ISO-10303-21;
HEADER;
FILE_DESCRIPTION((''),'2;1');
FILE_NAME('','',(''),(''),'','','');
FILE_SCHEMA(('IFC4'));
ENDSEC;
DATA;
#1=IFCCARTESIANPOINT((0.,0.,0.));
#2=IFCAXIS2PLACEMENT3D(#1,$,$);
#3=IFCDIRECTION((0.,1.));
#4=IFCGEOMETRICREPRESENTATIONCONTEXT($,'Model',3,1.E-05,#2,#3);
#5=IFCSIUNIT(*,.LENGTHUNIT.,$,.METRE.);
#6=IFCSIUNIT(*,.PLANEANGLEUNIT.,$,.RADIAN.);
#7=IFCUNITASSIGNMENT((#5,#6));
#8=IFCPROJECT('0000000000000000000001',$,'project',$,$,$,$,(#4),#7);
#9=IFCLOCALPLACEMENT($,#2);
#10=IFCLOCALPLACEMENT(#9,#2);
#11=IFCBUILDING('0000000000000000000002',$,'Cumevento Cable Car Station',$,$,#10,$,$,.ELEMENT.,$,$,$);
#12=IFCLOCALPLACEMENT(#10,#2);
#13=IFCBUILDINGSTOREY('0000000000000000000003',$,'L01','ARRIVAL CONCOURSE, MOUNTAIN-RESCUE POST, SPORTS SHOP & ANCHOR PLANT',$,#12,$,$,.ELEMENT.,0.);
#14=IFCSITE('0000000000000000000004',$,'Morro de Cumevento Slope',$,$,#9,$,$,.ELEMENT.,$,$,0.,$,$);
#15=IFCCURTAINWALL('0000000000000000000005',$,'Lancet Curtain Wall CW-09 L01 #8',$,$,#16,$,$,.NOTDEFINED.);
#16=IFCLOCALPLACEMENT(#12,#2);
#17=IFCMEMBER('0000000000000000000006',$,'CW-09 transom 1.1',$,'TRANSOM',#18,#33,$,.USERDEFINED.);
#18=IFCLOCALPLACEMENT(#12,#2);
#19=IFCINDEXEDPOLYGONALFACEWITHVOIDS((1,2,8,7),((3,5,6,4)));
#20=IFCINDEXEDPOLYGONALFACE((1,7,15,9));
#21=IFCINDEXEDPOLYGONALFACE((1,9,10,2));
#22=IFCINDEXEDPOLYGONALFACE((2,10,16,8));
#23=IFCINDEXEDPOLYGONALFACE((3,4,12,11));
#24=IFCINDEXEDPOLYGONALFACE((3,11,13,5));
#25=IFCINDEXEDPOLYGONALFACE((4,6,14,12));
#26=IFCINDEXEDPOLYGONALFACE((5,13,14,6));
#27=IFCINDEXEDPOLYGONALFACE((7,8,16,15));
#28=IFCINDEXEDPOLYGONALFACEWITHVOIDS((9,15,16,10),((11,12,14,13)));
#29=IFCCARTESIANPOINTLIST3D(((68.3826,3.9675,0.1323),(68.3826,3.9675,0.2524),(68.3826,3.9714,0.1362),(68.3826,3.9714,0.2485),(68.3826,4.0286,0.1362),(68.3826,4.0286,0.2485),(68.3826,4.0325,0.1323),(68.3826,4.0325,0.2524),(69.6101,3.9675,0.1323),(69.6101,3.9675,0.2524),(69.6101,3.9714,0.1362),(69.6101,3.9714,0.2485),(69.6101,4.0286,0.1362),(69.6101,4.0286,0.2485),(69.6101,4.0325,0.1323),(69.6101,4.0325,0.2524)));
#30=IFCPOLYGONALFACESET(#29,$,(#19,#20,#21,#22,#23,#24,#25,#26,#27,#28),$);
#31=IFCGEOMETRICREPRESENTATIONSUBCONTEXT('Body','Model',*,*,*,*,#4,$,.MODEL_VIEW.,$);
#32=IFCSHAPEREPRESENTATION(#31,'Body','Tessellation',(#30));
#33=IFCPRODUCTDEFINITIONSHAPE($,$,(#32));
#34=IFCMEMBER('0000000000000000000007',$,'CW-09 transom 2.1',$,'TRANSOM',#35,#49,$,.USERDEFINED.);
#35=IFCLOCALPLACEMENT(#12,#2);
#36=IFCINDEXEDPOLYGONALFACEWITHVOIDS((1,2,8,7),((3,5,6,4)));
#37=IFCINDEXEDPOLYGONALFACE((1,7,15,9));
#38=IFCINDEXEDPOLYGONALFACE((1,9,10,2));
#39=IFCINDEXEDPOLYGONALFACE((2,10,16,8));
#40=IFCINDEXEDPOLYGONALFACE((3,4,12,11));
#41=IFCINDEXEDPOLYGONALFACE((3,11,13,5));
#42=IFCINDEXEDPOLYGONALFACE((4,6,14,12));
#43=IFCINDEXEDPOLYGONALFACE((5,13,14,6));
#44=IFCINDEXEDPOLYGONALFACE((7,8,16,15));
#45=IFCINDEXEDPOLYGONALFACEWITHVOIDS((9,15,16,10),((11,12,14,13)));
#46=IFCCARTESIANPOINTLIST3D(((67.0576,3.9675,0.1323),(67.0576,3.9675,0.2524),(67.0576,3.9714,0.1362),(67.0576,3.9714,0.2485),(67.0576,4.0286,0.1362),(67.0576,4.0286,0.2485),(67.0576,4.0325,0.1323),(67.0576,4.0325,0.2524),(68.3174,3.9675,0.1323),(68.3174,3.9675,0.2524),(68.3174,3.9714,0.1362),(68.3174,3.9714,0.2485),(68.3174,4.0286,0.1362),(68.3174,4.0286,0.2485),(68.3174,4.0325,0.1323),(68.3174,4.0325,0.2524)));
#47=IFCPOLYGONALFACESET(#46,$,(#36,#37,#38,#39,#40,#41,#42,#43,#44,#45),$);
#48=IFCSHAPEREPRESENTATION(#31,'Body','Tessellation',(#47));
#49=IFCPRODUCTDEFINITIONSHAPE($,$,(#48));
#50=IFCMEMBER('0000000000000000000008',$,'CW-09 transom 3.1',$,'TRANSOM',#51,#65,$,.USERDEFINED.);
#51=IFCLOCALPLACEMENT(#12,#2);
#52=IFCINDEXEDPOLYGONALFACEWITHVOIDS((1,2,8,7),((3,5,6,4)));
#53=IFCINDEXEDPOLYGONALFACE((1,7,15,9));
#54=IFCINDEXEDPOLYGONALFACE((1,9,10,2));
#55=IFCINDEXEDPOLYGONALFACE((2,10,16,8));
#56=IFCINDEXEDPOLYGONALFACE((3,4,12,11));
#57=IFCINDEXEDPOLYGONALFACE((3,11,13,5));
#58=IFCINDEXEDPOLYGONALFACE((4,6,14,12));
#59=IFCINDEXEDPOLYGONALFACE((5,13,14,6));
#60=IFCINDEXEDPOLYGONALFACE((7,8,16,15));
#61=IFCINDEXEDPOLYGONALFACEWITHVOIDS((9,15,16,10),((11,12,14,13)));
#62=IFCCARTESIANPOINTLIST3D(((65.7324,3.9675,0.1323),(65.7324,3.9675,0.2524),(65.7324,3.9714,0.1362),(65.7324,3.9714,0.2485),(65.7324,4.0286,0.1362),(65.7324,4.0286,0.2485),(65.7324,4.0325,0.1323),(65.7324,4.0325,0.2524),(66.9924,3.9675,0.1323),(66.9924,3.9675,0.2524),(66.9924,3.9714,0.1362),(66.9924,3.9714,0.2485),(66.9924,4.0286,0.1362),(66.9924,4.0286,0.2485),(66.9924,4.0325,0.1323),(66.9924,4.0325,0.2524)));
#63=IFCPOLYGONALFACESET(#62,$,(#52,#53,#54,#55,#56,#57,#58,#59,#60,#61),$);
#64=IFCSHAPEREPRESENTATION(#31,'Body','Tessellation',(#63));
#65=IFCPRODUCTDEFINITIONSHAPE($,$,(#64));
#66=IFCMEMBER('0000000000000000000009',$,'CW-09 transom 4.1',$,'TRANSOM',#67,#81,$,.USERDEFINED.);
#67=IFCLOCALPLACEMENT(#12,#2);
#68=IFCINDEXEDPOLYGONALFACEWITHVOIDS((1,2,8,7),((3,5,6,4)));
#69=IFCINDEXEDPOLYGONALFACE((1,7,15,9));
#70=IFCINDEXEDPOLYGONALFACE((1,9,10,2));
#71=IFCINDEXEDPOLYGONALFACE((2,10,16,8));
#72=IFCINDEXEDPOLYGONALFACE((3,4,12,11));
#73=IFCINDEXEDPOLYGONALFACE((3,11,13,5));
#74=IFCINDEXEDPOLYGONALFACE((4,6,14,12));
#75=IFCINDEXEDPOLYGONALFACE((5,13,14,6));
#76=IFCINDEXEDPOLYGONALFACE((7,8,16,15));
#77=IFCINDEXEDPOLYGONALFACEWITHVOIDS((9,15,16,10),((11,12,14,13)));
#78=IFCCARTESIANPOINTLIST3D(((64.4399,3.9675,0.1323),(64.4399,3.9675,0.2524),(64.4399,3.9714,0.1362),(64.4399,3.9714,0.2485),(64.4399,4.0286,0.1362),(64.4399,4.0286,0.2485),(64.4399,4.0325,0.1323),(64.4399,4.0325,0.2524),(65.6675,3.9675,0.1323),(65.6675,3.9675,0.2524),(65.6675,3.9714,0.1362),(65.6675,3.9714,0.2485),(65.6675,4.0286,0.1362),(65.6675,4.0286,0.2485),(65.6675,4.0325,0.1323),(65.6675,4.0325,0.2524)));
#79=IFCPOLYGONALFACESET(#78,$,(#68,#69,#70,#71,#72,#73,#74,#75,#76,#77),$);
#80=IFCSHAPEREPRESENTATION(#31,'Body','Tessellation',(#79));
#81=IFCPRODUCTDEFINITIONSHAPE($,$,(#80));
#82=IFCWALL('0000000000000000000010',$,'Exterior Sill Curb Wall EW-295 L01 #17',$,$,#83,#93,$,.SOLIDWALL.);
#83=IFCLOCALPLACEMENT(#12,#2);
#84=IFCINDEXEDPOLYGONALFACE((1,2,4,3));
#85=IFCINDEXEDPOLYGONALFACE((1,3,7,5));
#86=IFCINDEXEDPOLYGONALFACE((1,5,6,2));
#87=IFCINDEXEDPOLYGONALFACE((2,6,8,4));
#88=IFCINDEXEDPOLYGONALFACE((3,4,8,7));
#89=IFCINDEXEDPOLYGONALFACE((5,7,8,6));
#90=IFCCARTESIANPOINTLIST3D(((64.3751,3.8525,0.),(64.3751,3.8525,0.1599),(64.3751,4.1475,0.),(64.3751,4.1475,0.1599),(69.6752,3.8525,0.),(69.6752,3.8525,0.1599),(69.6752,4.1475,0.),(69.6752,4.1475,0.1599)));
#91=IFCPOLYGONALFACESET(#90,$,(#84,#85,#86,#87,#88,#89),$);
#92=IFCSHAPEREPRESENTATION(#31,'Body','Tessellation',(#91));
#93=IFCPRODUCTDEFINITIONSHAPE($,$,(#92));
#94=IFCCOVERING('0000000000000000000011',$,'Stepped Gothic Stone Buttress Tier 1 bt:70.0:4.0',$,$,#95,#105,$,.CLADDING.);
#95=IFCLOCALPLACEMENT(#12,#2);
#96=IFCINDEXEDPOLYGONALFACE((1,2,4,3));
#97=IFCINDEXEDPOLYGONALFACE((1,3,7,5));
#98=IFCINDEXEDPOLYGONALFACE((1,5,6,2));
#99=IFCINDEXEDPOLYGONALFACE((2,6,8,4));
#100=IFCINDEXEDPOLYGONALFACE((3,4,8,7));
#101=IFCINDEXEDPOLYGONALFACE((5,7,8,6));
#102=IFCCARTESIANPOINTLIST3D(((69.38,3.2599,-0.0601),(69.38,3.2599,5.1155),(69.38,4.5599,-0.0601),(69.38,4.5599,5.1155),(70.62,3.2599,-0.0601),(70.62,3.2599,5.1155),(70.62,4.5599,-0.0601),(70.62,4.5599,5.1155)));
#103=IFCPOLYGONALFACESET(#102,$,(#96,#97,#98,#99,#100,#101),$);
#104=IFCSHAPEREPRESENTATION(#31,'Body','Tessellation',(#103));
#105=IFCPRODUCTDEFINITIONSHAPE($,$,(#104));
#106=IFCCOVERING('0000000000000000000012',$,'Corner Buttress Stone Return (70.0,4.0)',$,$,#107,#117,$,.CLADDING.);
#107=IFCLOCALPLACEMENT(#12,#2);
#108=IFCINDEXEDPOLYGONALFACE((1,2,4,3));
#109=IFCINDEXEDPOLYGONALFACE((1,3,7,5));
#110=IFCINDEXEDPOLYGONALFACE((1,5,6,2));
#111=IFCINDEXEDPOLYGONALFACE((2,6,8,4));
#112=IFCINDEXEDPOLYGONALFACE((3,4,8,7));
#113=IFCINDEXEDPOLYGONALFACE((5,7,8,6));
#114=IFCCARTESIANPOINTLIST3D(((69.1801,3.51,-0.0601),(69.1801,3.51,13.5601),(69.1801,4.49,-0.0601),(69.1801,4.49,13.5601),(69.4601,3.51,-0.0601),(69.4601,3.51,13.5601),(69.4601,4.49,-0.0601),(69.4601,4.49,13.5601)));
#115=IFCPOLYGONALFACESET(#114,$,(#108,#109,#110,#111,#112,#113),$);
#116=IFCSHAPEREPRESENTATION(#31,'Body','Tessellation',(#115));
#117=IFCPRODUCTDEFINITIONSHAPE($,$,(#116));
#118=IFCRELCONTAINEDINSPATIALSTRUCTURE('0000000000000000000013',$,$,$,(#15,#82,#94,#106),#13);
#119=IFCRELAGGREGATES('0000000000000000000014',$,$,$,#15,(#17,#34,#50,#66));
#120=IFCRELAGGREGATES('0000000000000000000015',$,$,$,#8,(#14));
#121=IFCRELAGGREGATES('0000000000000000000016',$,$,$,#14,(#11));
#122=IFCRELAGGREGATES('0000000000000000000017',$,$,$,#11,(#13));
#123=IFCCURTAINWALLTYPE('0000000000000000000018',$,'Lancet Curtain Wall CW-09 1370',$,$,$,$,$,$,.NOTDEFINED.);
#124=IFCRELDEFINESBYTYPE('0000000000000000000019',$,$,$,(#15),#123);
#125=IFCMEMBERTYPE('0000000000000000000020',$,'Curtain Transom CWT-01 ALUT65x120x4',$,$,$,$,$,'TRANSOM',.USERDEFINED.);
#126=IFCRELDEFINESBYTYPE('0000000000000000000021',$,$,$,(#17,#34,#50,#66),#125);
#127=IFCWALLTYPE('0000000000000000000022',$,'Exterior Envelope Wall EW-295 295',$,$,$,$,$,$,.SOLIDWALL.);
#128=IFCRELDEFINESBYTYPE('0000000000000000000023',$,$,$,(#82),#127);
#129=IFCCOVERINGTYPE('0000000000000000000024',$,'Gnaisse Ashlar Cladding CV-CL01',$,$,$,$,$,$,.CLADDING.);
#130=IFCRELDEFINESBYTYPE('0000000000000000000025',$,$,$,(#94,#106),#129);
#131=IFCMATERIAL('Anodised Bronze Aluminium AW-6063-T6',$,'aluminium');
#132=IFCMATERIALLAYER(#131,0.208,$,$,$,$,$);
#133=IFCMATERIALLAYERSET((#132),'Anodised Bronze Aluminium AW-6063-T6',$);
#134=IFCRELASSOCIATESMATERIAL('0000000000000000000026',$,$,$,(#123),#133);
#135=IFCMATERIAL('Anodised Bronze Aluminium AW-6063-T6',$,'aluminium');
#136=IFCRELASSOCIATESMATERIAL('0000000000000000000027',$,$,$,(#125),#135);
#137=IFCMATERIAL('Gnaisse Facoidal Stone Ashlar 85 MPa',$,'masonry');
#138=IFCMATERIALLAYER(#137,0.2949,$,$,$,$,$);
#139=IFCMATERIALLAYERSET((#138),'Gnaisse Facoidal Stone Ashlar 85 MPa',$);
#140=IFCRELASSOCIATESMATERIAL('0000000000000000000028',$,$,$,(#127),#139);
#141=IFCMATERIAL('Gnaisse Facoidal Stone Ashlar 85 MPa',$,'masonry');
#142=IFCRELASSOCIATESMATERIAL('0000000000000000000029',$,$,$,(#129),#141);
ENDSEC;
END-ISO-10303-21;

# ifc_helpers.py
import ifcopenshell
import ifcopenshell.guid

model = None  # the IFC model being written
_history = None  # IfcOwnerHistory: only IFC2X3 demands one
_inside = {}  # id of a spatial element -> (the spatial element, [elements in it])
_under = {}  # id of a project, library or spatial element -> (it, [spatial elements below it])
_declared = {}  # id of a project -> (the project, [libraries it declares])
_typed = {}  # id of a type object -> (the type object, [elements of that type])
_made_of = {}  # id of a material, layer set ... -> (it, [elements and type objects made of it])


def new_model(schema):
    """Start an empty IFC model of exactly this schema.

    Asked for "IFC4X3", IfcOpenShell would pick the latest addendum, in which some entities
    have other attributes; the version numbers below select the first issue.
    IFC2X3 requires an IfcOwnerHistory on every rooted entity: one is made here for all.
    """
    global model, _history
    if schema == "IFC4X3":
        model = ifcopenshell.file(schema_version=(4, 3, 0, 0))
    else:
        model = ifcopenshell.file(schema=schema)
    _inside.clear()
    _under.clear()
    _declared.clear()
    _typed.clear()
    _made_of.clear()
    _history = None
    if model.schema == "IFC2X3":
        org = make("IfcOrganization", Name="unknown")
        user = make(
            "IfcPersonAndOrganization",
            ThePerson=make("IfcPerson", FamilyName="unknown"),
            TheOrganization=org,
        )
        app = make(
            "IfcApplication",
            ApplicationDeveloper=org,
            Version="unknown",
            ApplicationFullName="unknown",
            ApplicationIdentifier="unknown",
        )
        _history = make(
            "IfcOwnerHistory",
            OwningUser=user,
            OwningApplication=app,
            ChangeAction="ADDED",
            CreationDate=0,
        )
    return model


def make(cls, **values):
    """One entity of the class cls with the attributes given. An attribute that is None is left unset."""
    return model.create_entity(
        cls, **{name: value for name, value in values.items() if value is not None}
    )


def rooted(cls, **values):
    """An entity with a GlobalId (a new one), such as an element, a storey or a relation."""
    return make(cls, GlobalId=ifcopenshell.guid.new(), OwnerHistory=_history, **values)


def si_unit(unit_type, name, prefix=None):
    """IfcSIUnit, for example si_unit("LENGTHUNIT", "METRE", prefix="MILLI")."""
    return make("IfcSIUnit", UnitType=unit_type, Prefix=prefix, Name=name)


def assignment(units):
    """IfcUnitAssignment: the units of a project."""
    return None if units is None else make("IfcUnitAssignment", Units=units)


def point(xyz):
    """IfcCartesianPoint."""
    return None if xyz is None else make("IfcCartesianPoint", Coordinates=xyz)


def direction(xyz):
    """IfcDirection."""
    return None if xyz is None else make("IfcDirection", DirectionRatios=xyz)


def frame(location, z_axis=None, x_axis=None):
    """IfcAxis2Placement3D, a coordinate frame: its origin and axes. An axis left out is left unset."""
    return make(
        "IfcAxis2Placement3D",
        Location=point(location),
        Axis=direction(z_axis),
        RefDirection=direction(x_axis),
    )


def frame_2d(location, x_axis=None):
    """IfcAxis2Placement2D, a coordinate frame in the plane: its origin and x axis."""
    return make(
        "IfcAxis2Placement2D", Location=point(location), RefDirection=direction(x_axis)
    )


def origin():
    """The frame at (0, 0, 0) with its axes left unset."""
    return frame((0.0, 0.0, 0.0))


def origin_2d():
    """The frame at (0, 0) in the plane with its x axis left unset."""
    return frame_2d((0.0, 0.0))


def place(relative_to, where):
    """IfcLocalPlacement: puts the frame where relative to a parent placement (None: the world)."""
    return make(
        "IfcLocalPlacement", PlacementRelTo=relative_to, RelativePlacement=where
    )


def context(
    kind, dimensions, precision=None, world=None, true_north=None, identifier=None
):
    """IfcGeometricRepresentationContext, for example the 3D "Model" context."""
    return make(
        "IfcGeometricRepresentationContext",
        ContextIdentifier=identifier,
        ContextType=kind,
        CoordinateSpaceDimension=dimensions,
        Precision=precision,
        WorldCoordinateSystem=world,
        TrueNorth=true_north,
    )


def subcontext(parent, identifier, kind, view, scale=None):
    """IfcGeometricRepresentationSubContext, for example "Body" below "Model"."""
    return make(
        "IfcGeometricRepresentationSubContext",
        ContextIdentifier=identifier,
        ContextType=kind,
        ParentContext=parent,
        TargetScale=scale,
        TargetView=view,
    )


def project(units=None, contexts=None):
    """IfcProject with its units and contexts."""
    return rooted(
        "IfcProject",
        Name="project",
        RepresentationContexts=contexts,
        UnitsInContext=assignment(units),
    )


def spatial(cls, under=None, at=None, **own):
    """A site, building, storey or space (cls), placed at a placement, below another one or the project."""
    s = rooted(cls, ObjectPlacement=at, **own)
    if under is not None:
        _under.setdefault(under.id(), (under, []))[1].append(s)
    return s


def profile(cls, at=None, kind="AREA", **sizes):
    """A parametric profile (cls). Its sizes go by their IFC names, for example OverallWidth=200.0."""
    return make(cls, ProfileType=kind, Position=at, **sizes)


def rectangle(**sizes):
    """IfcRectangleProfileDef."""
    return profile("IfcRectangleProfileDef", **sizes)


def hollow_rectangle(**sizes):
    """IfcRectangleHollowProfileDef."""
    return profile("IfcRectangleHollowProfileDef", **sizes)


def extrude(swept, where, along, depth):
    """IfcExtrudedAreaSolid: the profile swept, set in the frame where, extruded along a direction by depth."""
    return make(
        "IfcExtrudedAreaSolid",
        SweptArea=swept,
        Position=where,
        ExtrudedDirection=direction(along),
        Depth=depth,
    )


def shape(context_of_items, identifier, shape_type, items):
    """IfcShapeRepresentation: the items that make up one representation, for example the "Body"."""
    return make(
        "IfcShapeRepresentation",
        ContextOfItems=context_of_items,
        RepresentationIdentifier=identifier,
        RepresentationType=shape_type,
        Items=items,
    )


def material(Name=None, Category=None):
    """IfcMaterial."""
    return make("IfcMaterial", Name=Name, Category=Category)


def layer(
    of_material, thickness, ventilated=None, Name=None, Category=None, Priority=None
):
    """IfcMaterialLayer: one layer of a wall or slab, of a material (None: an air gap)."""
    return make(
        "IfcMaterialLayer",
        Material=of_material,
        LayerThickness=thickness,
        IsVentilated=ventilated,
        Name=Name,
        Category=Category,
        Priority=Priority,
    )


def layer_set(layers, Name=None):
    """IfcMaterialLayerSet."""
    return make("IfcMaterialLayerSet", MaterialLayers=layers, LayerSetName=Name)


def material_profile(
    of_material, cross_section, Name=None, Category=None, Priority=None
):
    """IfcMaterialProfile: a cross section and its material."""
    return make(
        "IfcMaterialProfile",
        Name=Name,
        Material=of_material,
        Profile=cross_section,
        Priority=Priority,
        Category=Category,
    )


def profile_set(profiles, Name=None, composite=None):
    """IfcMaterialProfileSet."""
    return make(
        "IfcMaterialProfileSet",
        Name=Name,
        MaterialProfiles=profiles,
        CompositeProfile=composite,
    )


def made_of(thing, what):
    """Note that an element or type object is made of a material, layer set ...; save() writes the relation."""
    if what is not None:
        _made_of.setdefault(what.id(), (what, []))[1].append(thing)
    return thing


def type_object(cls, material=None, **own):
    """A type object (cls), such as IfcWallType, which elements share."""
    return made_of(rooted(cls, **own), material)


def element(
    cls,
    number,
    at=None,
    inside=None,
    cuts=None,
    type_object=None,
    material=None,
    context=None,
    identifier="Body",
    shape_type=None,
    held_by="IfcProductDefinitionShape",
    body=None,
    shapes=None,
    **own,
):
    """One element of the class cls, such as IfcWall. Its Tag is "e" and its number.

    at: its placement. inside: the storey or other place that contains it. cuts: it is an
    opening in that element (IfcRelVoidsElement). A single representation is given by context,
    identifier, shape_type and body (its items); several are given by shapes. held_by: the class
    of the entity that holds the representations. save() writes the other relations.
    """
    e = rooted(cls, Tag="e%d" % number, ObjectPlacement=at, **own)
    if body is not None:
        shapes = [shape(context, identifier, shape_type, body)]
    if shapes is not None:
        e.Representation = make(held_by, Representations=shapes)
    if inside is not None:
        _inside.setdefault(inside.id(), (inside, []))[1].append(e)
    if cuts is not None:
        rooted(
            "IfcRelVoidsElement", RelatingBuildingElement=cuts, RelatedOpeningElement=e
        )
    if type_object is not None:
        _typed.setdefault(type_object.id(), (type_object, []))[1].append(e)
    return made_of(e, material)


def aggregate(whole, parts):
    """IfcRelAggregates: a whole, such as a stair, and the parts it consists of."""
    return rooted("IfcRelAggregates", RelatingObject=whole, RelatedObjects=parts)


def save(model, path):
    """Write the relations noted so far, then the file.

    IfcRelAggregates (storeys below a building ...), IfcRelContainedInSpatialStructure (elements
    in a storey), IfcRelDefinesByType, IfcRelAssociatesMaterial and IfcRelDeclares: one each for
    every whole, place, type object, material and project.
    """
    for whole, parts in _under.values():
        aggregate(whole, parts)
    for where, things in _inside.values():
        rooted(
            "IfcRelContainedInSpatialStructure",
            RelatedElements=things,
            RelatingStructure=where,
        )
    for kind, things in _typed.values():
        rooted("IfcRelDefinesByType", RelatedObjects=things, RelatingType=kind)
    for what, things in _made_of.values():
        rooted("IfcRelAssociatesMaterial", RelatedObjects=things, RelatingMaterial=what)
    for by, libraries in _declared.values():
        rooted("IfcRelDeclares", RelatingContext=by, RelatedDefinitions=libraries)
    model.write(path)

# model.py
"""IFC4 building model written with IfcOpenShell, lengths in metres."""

from ifc_helpers import new_model, si_unit, direction, frame, frame_2d, origin, origin_2d, place, context, subcontext, project, spatial, rectangle, hollow_rectangle, extrude, material, layer, layer_set, material_profile, profile_set, type_object, element, aggregate, save


model = new_model("IFC4")

# Units and contexts
model_context = context("Model", 3, precision=1e-05, world=origin(), true_north=direction((0.0, 1.0)))
body_context = subcontext(model_context, "Body", "Model", "MODEL_VIEW")
ifc_project = project(units=[si_unit("LENGTHUNIT", "METRE"), si_unit("PLANEANGLEUNIT", "RADIAN")], contexts=[model_context])

# Site, building, storey
site_placement = place(None, origin())
site = spatial("IfcSite", under=ifc_project, at=site_placement, Name="Morro de Cumevento Slope", CompositionType="ELEMENT", RefElevation=0.0)
building_placement = place(site_placement, origin())
building = spatial("IfcBuilding", under=site, at=building_placement, Name="Cumevento Cable Car Station", CompositionType="ELEMENT")
storey_placement = place(building_placement, origin())
storey = spatial("IfcBuildingStorey", under=building, at=storey_placement, Name="L01", Description="ARRIVAL CONCOURSE, MOUNTAIN-RESCUE POST, SPORTS SHOP & ANCHOR PLANT", CompositionType="ELEMENT", Elevation=0.0)

# Curtain wall, members
ifc_material_1 = material(Name="Anodised Bronze Aluminium AW-6063-T6", Category="aluminium")
ifc_layer_1 = layer(ifc_material_1, 0.208)
ifc_layer_set_1 = layer_set([ifc_layer_1], Name="Anodised Bronze Aluminium AW-6063-T6")
curtain_wall_type = type_object("IfcCurtainWallType", Name="Lancet Curtain Wall CW-09 1370", PredefinedType="NOTDEFINED", material=ifc_layer_set_1)
curtain_wall_placement = place(storey_placement, origin())
curtain_wall = element("IfcCurtainWall", 1, at=curtain_wall_placement, inside=storey, type_object=curtain_wall_type, Name="Lancet Curtain Wall CW-09 L01 #8", PredefinedType="NOTDEFINED")
ifc_material_2 = material(Name="Anodised Bronze Aluminium AW-6063-T6", Category="aluminium")
ifc_material_profile_1 = material_profile(ifc_material_2, hollow_rectangle(XDim=0.0649, YDim=0.1201, WallThickness=0.0039, at=origin_2d()), Name="ALUT65x120x4")
ifc_profile_set_1 = profile_set([ifc_material_profile_1], Name="Anodised Bronze Aluminium AW-6063-T6")
member_type_1 = type_object("IfcMemberType", Name="Curtain Transom CWT-01 ALUT65x120x4", ElementType="TRANSOM", PredefinedType="USERDEFINED", material=ifc_profile_set_1)
member_1_placement = place(storey_placement, frame((69.6101, 4.0, 0.1924), z_axis=(-1.0, 0.0, 0.0), x_axis=(0.0, -1.0, 0.0)))
member_1 = element("IfcMember", 2, at=member_1_placement, type_object=member_type_1, Name="CW-09 transom 1.1", ObjectType="TRANSOM", PredefinedType="USERDEFINED", context=body_context, shape_type="SweptSolid", body=[
    extrude(hollow_rectangle(XDim=0.0649, YDim=0.1201, WallThickness=0.0039, at=origin_2d()), origin(), (0.0, 0.0, 1.0), 1.2275),
])
member_2_placement = place(storey_placement, frame((68.3174, 4.0, 0.1924), z_axis=(-1.0, 0.0, 0.0), x_axis=(0.0, -1.0, 0.0)))
member_2 = element("IfcMember", 3, at=member_2_placement, type_object=member_type_1, Name="CW-09 transom 2.1", ObjectType="TRANSOM", PredefinedType="USERDEFINED", context=body_context, shape_type="SweptSolid", body=[
    extrude(hollow_rectangle(XDim=0.0649, YDim=0.1201, WallThickness=0.0039, at=origin_2d()), origin(), (0.0, 0.0, 1.0), 1.2598),
])
member_3_placement = place(storey_placement, frame((66.9924, 4.0, 0.1924), z_axis=(-1.0, 0.0, 0.0), x_axis=(0.0, -1.0, 0.0)))
member_3 = element("IfcMember", 4, at=member_3_placement, type_object=member_type_1, Name="CW-09 transom 3.1", ObjectType="TRANSOM", PredefinedType="USERDEFINED", context=body_context, shape_type="SweptSolid", body=[
    extrude(hollow_rectangle(XDim=0.0649, YDim=0.1201, WallThickness=0.0039, at=origin_2d()), origin(), (0.0, 0.0, 1.0), 1.26),
])
member_4_placement = place(storey_placement, frame((65.6675, 4.0, 0.1924), z_axis=(-1.0, 0.0, 0.0), x_axis=(0.0, -1.0, 0.0)))
member_4 = element("IfcMember", 5, at=member_4_placement, type_object=member_type_1, Name="CW-09 transom 4.1", ObjectType="TRANSOM", PredefinedType="USERDEFINED", context=body_context, shape_type="SweptSolid", body=[
    extrude(hollow_rectangle(XDim=0.0649, YDim=0.1201, WallThickness=0.0039, at=origin_2d()), origin(), (0.0, 0.0, 1.0), 1.2275),
])
aggregate(curtain_wall, [member_1, member_2, member_3, member_4])

# Wall
ifc_material_3 = material(Name="Gnaisse Facoidal Stone Ashlar 85 MPa", Category="masonry")
ifc_layer_2 = layer(ifc_material_3, 0.2949)
ifc_layer_set_2 = layer_set([ifc_layer_2], Name="Gnaisse Facoidal Stone Ashlar 85 MPa")
wall_type = type_object("IfcWallType", Name="Exterior Envelope Wall EW-295 295", PredefinedType="SOLIDWALL", material=ifc_layer_set_2)
wall_placement = place(storey_placement, frame((69.675, 4.0, 0.0), z_axis=(0.0, 0.0, 1.0), x_axis=(-1.0, 0.0, 0.0)))
element("IfcWall", 6, at=wall_placement, inside=storey, type_object=wall_type, Name="Exterior Sill Curb Wall EW-295 L01 #17", PredefinedType="SOLIDWALL", context=body_context, shape_type="SweptSolid", body=[
    extrude(rectangle(XDim=5.3, YDim=0.2949, at=frame_2d((2.6499, 0.0))), origin(), (0.0, 0.0, 1.0), 0.1599),
])

# Coverings
ifc_material_4 = material(Name="Gnaisse Facoidal Stone Ashlar 85 MPa", Category="masonry")
covering_type = type_object("IfcCoveringType", Name="Gnaisse Ashlar Cladding CV-CL01", PredefinedType="CLADDING", material=ifc_material_4)
covering_1_placement = place(storey_placement, frame((70.0, 3.9099, -0.0601), z_axis=(0.0, 0.0, 1.0), x_axis=(1.0, 0.0, 0.0)))
element("IfcCovering", 7, at=covering_1_placement, inside=storey, type_object=covering_type, Name="Stepped Gothic Stone Buttress Tier 1 bt:70.0:4.0", PredefinedType="CLADDING", context=body_context, shape_type="SweptSolid", body=[
    extrude(rectangle(XDim=1.24, YDim=1.3, at=origin_2d()), origin(), (0.0, 0.0, 1.0), 5.1755),
])
covering_2_placement = place(storey_placement, frame((69.3201, 4.0, -0.0601), z_axis=(0.0, 0.0, 1.0), x_axis=(1.0, 0.0, 0.0)))
element("IfcCovering", 8, at=covering_2_placement, inside=storey, type_object=covering_type, Name="Corner Buttress Stone Return (70.0,4.0)", PredefinedType="CLADDING", context=body_context, shape_type="SweptSolid", body=[
    extrude(rectangle(XDim=0.28, YDim=0.98, at=origin_2d()), origin(), (0.0, 0.0, 1.0), 13.6201),
])

save(model, "model.ifc")
